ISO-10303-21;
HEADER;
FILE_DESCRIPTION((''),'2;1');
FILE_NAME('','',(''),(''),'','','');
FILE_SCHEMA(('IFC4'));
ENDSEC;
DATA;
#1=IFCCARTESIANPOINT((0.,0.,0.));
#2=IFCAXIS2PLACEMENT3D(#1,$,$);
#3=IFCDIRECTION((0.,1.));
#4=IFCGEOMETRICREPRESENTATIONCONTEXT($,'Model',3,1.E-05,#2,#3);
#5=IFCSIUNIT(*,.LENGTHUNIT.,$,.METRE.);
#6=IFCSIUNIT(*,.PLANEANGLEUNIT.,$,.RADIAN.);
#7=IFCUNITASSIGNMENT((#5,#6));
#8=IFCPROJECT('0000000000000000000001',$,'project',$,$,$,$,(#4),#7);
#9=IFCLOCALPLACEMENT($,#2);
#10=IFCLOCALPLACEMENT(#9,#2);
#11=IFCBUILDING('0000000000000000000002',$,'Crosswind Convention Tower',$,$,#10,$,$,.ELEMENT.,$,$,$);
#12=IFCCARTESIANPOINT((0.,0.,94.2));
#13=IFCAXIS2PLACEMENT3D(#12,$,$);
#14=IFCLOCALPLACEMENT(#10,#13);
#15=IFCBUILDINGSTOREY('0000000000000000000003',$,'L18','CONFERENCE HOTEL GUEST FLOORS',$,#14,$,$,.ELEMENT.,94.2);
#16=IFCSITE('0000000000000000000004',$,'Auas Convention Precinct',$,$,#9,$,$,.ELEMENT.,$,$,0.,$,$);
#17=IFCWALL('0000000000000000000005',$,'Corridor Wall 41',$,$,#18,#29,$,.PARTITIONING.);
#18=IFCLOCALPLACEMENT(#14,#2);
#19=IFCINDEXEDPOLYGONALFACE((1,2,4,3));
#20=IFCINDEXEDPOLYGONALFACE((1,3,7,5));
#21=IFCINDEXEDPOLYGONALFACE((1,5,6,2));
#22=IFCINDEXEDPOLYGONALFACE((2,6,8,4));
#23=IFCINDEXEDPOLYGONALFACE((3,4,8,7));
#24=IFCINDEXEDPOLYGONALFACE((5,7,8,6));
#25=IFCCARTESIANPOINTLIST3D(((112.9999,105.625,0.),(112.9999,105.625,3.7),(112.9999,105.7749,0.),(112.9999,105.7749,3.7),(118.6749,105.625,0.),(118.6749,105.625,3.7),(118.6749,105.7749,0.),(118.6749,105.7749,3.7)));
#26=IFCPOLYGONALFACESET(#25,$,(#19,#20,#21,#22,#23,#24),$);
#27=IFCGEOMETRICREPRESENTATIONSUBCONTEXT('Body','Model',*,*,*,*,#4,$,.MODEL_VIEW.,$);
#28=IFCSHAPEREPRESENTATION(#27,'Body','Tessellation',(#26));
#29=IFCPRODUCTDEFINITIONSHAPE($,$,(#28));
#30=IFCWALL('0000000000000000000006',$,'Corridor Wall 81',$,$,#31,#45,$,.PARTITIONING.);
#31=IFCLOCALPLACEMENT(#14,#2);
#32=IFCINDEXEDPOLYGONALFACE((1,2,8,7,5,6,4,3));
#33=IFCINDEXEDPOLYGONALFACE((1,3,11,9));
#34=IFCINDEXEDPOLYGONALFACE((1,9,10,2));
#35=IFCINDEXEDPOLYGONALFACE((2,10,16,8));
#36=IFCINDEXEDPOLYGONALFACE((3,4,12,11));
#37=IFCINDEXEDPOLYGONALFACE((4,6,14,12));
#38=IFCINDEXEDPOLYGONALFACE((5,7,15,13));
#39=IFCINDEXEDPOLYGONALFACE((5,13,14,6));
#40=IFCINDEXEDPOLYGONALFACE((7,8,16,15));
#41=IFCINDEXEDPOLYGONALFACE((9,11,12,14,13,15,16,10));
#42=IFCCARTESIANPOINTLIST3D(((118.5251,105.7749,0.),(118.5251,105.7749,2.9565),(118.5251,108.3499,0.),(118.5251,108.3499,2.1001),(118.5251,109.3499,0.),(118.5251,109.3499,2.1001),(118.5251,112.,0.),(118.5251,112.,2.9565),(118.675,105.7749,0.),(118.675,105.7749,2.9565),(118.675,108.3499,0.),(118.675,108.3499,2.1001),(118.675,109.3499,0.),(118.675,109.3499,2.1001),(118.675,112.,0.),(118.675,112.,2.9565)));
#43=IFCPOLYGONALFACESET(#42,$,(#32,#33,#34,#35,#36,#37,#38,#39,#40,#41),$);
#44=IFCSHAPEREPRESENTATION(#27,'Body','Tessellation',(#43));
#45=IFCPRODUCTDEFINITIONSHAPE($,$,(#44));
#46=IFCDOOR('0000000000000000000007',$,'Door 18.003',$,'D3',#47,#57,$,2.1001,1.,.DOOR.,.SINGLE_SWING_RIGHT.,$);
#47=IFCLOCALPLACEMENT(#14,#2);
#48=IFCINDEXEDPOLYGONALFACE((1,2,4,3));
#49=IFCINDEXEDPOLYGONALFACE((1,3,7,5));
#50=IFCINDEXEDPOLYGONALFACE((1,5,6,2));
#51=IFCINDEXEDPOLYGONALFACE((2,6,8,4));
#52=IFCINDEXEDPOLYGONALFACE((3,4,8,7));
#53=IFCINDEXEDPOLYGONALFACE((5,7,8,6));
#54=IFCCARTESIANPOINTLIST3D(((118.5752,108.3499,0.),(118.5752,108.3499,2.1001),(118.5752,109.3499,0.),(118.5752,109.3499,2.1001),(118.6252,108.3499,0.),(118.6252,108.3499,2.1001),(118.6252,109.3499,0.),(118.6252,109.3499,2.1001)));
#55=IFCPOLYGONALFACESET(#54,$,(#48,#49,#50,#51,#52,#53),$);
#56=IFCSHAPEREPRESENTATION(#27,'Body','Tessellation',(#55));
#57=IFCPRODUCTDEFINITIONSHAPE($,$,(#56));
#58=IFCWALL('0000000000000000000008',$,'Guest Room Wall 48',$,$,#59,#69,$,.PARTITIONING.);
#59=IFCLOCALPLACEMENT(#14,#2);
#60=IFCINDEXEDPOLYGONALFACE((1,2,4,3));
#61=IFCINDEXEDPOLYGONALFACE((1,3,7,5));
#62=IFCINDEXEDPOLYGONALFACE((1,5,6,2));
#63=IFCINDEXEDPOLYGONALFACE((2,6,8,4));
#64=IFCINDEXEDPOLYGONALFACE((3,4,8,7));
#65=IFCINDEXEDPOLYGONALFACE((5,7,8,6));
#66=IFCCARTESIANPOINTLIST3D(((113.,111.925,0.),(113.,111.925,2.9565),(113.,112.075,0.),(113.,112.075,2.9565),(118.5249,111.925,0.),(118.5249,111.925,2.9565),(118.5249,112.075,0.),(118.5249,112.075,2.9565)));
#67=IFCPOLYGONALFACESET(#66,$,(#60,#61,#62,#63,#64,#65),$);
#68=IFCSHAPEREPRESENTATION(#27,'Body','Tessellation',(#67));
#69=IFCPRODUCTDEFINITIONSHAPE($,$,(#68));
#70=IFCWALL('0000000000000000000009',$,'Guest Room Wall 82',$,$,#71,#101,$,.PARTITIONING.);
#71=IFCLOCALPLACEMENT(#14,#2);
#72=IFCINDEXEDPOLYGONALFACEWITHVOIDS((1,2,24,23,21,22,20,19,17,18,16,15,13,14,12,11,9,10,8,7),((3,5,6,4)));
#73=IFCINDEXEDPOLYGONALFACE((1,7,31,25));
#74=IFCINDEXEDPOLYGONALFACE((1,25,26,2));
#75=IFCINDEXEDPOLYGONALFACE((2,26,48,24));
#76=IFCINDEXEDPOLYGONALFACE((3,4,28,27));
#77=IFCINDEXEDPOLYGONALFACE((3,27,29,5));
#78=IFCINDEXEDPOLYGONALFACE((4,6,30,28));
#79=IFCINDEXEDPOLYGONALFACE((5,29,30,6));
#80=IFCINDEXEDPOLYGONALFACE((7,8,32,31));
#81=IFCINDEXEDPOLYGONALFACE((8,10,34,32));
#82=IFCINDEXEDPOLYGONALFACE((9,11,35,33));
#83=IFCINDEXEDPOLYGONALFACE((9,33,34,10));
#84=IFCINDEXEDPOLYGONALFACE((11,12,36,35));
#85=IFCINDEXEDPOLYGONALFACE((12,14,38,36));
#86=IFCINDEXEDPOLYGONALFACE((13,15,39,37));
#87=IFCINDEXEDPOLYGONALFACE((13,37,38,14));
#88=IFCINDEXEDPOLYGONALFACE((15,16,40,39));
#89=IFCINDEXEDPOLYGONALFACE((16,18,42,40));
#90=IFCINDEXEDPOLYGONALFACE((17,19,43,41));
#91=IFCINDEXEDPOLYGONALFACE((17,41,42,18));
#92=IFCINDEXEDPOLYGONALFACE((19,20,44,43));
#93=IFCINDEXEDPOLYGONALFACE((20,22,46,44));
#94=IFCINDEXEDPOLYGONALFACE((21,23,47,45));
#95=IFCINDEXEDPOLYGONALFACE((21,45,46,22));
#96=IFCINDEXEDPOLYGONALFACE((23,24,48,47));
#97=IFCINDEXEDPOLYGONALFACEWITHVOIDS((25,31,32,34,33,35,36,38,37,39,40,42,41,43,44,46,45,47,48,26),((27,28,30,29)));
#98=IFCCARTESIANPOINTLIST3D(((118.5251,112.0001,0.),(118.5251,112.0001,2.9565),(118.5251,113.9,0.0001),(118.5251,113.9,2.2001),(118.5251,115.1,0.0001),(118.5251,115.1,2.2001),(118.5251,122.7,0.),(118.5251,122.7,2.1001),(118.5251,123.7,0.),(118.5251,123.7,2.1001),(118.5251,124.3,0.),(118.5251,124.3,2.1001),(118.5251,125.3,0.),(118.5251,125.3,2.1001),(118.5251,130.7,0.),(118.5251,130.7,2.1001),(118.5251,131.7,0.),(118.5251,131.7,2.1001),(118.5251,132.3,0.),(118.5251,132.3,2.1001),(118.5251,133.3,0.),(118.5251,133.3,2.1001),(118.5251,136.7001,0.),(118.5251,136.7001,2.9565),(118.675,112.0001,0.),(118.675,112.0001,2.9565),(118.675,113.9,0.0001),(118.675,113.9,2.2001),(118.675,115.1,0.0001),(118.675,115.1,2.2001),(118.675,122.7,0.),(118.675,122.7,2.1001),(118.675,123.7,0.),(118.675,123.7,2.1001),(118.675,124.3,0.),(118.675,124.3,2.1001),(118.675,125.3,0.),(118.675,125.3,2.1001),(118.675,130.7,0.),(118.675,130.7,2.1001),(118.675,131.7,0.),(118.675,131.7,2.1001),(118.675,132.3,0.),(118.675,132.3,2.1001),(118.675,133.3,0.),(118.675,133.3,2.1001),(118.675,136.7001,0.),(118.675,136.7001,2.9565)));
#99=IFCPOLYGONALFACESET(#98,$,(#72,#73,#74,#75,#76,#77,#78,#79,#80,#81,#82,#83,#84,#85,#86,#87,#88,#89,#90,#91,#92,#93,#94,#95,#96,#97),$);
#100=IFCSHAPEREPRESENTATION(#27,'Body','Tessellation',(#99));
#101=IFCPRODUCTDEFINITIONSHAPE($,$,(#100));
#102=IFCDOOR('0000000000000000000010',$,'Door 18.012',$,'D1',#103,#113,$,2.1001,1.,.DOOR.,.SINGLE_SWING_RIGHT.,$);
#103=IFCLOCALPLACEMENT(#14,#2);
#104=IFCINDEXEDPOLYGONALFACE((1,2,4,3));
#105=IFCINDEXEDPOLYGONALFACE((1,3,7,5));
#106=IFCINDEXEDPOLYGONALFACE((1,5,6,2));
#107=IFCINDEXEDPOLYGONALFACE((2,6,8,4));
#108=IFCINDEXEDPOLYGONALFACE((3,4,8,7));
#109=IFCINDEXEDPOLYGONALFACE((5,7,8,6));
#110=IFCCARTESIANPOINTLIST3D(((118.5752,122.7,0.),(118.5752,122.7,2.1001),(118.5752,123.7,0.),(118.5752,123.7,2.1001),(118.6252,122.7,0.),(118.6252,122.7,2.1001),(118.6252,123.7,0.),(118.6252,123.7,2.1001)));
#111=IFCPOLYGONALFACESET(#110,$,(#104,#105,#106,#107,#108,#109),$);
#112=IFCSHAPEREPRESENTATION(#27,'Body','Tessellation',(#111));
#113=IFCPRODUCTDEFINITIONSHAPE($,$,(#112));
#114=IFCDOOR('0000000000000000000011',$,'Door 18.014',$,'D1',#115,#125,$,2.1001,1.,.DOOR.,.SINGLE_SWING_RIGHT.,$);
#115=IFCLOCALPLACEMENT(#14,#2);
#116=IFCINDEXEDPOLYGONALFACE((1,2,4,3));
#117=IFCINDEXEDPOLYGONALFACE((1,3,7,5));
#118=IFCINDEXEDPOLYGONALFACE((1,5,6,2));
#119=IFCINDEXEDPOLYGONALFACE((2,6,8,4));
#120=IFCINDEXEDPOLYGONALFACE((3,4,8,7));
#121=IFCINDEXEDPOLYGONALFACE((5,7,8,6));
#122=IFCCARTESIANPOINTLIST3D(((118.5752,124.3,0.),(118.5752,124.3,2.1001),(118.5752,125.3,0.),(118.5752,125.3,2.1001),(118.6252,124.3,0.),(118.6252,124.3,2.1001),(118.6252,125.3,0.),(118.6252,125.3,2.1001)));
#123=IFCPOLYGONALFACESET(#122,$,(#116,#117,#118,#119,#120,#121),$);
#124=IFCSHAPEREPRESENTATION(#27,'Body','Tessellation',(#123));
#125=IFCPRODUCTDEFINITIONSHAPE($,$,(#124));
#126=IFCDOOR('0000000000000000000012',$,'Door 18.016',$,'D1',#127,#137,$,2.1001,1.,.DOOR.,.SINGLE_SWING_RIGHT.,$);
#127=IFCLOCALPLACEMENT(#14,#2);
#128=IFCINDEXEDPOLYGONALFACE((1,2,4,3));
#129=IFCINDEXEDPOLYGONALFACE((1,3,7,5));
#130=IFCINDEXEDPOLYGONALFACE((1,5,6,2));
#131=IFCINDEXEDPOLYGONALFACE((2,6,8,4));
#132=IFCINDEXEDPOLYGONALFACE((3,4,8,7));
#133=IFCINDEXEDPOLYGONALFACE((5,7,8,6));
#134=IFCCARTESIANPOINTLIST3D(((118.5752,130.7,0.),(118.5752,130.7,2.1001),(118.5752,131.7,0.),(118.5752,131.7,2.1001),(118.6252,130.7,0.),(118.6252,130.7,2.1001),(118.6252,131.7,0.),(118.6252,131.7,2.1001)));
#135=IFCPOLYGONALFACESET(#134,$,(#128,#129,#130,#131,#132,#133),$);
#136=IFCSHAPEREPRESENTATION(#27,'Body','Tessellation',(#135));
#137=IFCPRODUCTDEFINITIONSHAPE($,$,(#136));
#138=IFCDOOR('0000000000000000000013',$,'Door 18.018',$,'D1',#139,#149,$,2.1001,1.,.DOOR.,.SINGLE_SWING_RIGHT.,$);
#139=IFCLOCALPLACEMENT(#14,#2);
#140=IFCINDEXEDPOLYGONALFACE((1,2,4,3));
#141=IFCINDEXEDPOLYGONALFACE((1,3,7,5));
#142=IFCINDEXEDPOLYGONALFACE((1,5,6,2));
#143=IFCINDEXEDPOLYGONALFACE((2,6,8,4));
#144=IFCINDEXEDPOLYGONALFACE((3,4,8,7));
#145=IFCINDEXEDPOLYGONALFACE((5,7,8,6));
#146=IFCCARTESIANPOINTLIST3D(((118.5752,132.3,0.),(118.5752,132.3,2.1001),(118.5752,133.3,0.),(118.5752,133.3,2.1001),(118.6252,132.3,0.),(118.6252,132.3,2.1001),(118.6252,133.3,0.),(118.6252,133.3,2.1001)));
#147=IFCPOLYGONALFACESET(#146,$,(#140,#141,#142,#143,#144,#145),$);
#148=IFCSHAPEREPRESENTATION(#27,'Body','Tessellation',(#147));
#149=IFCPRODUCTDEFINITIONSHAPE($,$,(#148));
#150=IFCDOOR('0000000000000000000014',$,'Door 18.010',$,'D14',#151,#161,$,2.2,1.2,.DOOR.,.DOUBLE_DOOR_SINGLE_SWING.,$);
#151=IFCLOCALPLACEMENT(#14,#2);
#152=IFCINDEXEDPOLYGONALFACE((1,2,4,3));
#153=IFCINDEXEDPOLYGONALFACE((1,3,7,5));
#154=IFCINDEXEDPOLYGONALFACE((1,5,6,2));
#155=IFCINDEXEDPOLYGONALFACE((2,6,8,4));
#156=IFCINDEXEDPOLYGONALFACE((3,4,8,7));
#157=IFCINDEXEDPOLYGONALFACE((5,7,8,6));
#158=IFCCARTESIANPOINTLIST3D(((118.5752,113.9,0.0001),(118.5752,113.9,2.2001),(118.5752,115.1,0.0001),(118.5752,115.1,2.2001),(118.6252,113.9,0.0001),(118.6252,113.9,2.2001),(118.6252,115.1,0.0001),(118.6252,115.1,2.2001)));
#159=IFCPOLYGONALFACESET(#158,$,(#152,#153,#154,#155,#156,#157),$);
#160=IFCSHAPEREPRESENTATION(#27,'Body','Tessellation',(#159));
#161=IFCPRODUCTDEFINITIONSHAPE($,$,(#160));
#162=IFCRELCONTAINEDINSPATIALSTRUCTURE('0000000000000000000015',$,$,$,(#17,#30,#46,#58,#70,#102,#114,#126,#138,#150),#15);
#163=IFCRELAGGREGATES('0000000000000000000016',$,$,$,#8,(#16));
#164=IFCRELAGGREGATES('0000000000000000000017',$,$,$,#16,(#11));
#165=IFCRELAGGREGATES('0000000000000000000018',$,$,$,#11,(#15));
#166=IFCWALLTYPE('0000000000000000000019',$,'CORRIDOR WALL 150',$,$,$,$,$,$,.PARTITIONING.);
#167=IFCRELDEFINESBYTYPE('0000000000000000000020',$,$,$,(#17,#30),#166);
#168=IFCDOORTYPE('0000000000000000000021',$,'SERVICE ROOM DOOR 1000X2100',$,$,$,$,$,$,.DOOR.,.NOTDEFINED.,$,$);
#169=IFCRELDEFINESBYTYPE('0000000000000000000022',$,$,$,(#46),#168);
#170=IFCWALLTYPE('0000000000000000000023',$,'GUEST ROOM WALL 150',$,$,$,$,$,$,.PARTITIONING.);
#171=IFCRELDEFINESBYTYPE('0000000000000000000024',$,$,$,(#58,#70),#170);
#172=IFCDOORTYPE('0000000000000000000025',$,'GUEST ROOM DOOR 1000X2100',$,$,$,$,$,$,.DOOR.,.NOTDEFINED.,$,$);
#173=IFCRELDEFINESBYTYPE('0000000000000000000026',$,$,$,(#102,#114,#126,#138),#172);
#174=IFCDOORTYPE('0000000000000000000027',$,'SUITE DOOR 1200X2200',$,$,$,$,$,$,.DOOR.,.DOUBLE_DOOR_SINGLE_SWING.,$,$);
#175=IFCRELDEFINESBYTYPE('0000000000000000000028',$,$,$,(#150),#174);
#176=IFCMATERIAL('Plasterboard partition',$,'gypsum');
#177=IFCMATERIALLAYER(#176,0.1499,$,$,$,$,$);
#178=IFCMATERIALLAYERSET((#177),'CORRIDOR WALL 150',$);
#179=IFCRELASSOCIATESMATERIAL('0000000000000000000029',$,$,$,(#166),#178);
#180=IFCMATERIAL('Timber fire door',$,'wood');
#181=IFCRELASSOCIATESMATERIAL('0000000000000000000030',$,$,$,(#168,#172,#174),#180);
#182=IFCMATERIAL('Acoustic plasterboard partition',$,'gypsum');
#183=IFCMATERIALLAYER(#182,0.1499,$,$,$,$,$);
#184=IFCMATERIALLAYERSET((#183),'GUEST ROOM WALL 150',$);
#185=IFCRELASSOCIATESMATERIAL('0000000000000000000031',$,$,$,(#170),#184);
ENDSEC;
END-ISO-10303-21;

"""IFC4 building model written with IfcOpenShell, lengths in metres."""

from ifc_helpers import new_model, si_unit, direction, frame, frame_2d, origin, place, context, subcontext, project, spatial, rectangle, extrude, material, layer, layer_set, type_object, element, fill, save


model = new_model("IFC4")

# Units and contexts
model_context = context("Model", 3, precision=1e-05, world=origin(), true_north=direction((0.0, 1.0)))
body_context = subcontext(model_context, "Body", "Model", "MODEL_VIEW")
ifc_project = project(units=[si_unit("LENGTHUNIT", "METRE"), si_unit("PLANEANGLEUNIT", "RADIAN")], contexts=[model_context])

# Site, building, storey
site_placement = place(None, origin())
site = spatial("IfcSite", under=ifc_project, at=site_placement, Name="Auas Convention Precinct", CompositionType="ELEMENT", RefElevation=0.0)
building_placement = place(site_placement, origin())
building = spatial("IfcBuilding", under=site, at=building_placement, Name="Crosswind Convention Tower", CompositionType="ELEMENT")
storey_placement = place(building_placement, frame((0.0, 0.0, 94.2)))
storey = spatial("IfcBuildingStorey", under=building, at=storey_placement, Name="L18", Description="CONFERENCE HOTEL GUEST FLOORS", CompositionType="ELEMENT", Elevation=94.2)

# Wall
ifc_material_1 = material(Name="Plasterboard partition", Category="gypsum")
ifc_layer_1 = layer(ifc_material_1, 0.1499)
ifc_layer_set_1 = layer_set([ifc_layer_1], Name="CORRIDOR WALL 150")
wall_type_1 = type_object("IfcWallType", Name="CORRIDOR WALL 150", PredefinedType="PARTITIONING", material=ifc_layer_set_1)
wall_1_placement = place(storey_placement, frame((113.0, 105.7, 0.0), z_axis=(0.0, 0.0, 1.0), x_axis=(1.0, 0.0, 0.0)))
element("IfcWall", 1, at=wall_1_placement, inside=storey, type_object=wall_type_1, Name="Corridor Wall 41", PredefinedType="PARTITIONING", context=body_context, shape_type="SweptSolid", body=[
    extrude(rectangle(XDim=5.675, YDim=0.1499, at=frame_2d((2.8374, 0.0))), origin(), (0.0, 0.0, 1.0), 3.7),
])

# Wall, opening, door
wall_2_placement = place(storey_placement, frame((118.6001, 105.7749, 0.0), z_axis=(0.0, 0.0, 1.0), x_axis=(0.0, 1.0, 0.0)))
wall_2 = element("IfcWall", 2, at=wall_2_placement, inside=storey, type_object=wall_type_1, Name="Corridor Wall 81", PredefinedType="PARTITIONING", context=body_context, shape_type="SweptSolid", body=[
    extrude(rectangle(XDim=6.2251, YDim=0.1499, at=frame_2d((3.1125, 0.0))), origin(), (0.0, 0.0, 1.0), 2.9565),
])
opening_1_placement = place(wall_2_placement, frame((2.575, 0.0, 0.0)))
opening_1 = element("IfcOpeningElement", 3, at=opening_1_placement, cuts=wall_2, PredefinedType="OPENING", context=body_context, shape_type="SweptSolid", body=[
    extrude(rectangle(XDim=1.0, YDim=2.1001, at=frame_2d((0.5, 1.05))), frame((0.0, 0.085, 0.0), z_axis=(0.0, -1.0, 0.0), x_axis=(1.0, 0.0, 0.0)), (0.0, 0.0, 1.0), 0.1699),
])
ifc_material_2 = material(Name="Timber fire door", Category="wood")
door_type_1 = type_object("IfcDoorType", Name="SERVICE ROOM DOOR 1000X2100", OperationType="NOTDEFINED", PredefinedType="DOOR", material=ifc_material_2)
door_1_placement = place(opening_1_placement, origin())
door_1 = element("IfcDoor", 4, at=door_1_placement, inside=storey, type_object=door_type_1, Name="Door 18.003", ObjectType="D3", OperationType="SINGLE_SWING_RIGHT", OverallHeight=2.1001, OverallWidth=1.0, PredefinedType="DOOR", context=body_context, shape_type="SweptSolid", body=[
    extrude(rectangle(XDim=1.0, YDim=2.1001, at=frame_2d((0.5, 1.05))), frame((0.0, 0.0249, 0.0), z_axis=(0.0, -1.0, 0.0), x_axis=(1.0, 0.0, 0.0)), (0.0, 0.0, 1.0), 0.05),
])
fill(opening_1, door_1)

# Wall
ifc_material_3 = material(Name="Acoustic plasterboard partition", Category="gypsum")
ifc_layer_2 = layer(ifc_material_3, 0.1499)
ifc_layer_set_2 = layer_set([ifc_layer_2], Name="GUEST ROOM WALL 150")
wall_type_2 = type_object("IfcWallType", Name="GUEST ROOM WALL 150", PredefinedType="PARTITIONING", material=ifc_layer_set_2)
wall_3_placement = place(storey_placement, frame((113.0, 112.0, 0.0), z_axis=(0.0, 0.0, 1.0), x_axis=(1.0, 0.0, 0.0)))
element("IfcWall", 5, at=wall_3_placement, inside=storey, type_object=wall_type_2, Name="Guest Room Wall 48", PredefinedType="PARTITIONING", context=body_context, shape_type="SweptSolid", body=[
    extrude(rectangle(XDim=5.5249, YDim=0.1499, at=frame_2d((2.7625, 0.0))), origin(), (0.0, 0.0, 1.0), 2.9565),
])

# Wall, openings, doors
wall_4_placement = place(storey_placement, frame((118.6001, 112.0, 0.0), z_axis=(0.0, 0.0, 1.0), x_axis=(0.0, 1.0, 0.0)))
wall_4 = element("IfcWall", 6, at=wall_4_placement, inside=storey, type_object=wall_type_2, Name="Guest Room Wall 82", PredefinedType="PARTITIONING", context=body_context, shape_type="SweptSolid", body=[
    extrude(rectangle(XDim=24.7, YDim=0.1499, at=frame_2d((12.3501, 0.0))), origin(), (0.0, 0.0, 1.0), 2.9565),
])
opening_2_placement = place(wall_4_placement, frame((1.8999, 0.0, 0.0)))
opening_2 = element("IfcOpeningElement", 7, at=opening_2_placement, cuts=wall_4, PredefinedType="OPENING", context=body_context, shape_type="SweptSolid", body=[
    extrude(rectangle(XDim=1.2, YDim=2.2, at=frame_2d((0.6001, 1.1001))), frame((0.0, 0.085, 0.0), z_axis=(0.0, -1.0, 0.0), x_axis=(1.0, 0.0, 0.0)), (0.0, 0.0, 1.0), 0.1699),
])
opening_3_placement = place(wall_4_placement, frame((10.7, 0.0, 0.0)))
opening_3 = element("IfcOpeningElement", 8, at=opening_3_placement, cuts=wall_4, PredefinedType="OPENING", context=body_context, shape_type="SweptSolid", body=[
    extrude(rectangle(XDim=1.0, YDim=2.1001, at=frame_2d((0.5, 1.05))), frame((0.0, 0.085, 0.0), z_axis=(0.0, -1.0, 0.0), x_axis=(1.0, 0.0, 0.0)), (0.0, 0.0, 1.0), 0.1699),
])
opening_4_placement = place(wall_4_placement, frame((12.3, 0.0, 0.0)))
opening_4 = element("IfcOpeningElement", 9, at=opening_4_placement, cuts=wall_4, PredefinedType="OPENING", context=body_context, shape_type="SweptSolid", body=[
    extrude(rectangle(XDim=1.0, YDim=2.1001, at=frame_2d((0.5, 1.05))), frame((0.0, 0.085, 0.0), z_axis=(0.0, -1.0, 0.0), x_axis=(1.0, 0.0, 0.0)), (0.0, 0.0, 1.0), 0.1699),
])
opening_5_placement = place(wall_4_placement, frame((18.7, 0.0, 0.0)))
opening_5 = element("IfcOpeningElement", 10, at=opening_5_placement, cuts=wall_4, PredefinedType="OPENING", context=body_context, shape_type="SweptSolid", body=[
    extrude(rectangle(XDim=1.0, YDim=2.1001, at=frame_2d((0.5, 1.05))), frame((0.0, 0.085, 0.0), z_axis=(0.0, -1.0, 0.0), x_axis=(1.0, 0.0, 0.0)), (0.0, 0.0, 1.0), 0.1699),
])
opening_6_placement = place(wall_4_placement, frame((20.3, 0.0, 0.0)))
opening_6 = element("IfcOpeningElement", 11, at=opening_6_placement, cuts=wall_4, PredefinedType="OPENING", context=body_context, shape_type="SweptSolid", body=[
    extrude(rectangle(XDim=1.0, YDim=2.1001, at=frame_2d((0.5, 1.05))), frame((0.0, 0.085, 0.0), z_axis=(0.0, -1.0, 0.0), x_axis=(1.0, 0.0, 0.0)), (0.0, 0.0, 1.0), 0.1699),
])
door_type_2 = type_object("IfcDoorType", Name="GUEST ROOM DOOR 1000X2100", OperationType="NOTDEFINED", PredefinedType="DOOR", material=ifc_material_2)
door_2_placement = place(opening_3_placement, origin())
door_2 = element("IfcDoor", 12, at=door_2_placement, inside=storey, type_object=door_type_2, Name="Door 18.012", ObjectType="D1", OperationType="SINGLE_SWING_RIGHT", OverallHeight=2.1001, OverallWidth=1.0, PredefinedType="DOOR", context=body_context, shape_type="SweptSolid", body=[
    extrude(rectangle(XDim=1.0, YDim=2.1001, at=frame_2d((0.5, 1.05))), frame((0.0, 0.0249, 0.0), z_axis=(0.0, -1.0, 0.0), x_axis=(1.0, 0.0, 0.0)), (0.0, 0.0, 1.0), 0.05),
])
fill(opening_3, door_2)
door_3_placement = place(opening_4_placement, origin())
door_3 = element("IfcDoor", 13, at=door_3_placement, inside=storey, type_object=door_type_2, Name="Door 18.014", ObjectType="D1", OperationType="SINGLE_SWING_RIGHT", OverallHeight=2.1001, OverallWidth=1.0, PredefinedType="DOOR", context=body_context, shape_type="SweptSolid", body=[
    extrude(rectangle(XDim=1.0, YDim=2.1001, at=frame_2d((0.5, 1.05))), frame((0.0, 0.0249, 0.0), z_axis=(0.0, -1.0, 0.0), x_axis=(1.0, 0.0, 0.0)), (0.0, 0.0, 1.0), 0.05),
])
fill(opening_4, door_3)
door_4_placement = place(opening_5_placement, origin())
door_4 = element("IfcDoor", 14, at=door_4_placement, inside=storey, type_object=door_type_2, Name="Door 18.016", ObjectType="D1", OperationType="SINGLE_SWING_RIGHT", OverallHeight=2.1001, OverallWidth=1.0, PredefinedType="DOOR", context=body_context, shape_type="SweptSolid", body=[
    extrude(rectangle(XDim=1.0, YDim=2.1001, at=frame_2d((0.5, 1.05))), frame((0.0, 0.0249, 0.0), z_axis=(0.0, -1.0, 0.0), x_axis=(1.0, 0.0, 0.0)), (0.0, 0.0, 1.0), 0.05),
])
fill(opening_5, door_4)
door_5_placement = place(opening_6_placement, origin())
door_5 = element("IfcDoor", 15, at=door_5_placement, inside=storey, type_object=door_type_2, Name="Door 18.018", ObjectType="D1", OperationType="SINGLE_SWING_RIGHT", OverallHeight=2.1001, OverallWidth=1.0, PredefinedType="DOOR", context=body_context, shape_type="SweptSolid", body=[
    extrude(rectangle(XDim=1.0, YDim=2.1001, at=frame_2d((0.5, 1.05))), frame((0.0, 0.0249, 0.0), z_axis=(0.0, -1.0, 0.0), x_axis=(1.0, 0.0, 0.0)), (0.0, 0.0, 1.0), 0.05),
])
fill(opening_6, door_5)
door_type_3 = type_object("IfcDoorType", Name="SUITE DOOR 1200X2200", OperationType="DOUBLE_DOOR_SINGLE_SWING", PredefinedType="DOOR", material=ifc_material_2)
door_6_placement = place(opening_2_placement, origin())
door_6 = element("IfcDoor", 16, at=door_6_placement, inside=storey, type_object=door_type_3, Name="Door 18.010", ObjectType="D14", OperationType="DOUBLE_DOOR_SINGLE_SWING", OverallHeight=2.2, OverallWidth=1.2, PredefinedType="DOOR", context=body_context, shape_type="SweptSolid", body=[
    extrude(rectangle(XDim=1.2, YDim=2.2, at=frame_2d((0.6001, 1.1001))), frame((0.0, 0.0249, 0.0), z_axis=(0.0, -1.0, 0.0), x_axis=(1.0, 0.0, 0.0)), (0.0, 0.0, 1.0), 0.05),
])
fill(opening_2, door_6)

save(model, "model.ifc")
